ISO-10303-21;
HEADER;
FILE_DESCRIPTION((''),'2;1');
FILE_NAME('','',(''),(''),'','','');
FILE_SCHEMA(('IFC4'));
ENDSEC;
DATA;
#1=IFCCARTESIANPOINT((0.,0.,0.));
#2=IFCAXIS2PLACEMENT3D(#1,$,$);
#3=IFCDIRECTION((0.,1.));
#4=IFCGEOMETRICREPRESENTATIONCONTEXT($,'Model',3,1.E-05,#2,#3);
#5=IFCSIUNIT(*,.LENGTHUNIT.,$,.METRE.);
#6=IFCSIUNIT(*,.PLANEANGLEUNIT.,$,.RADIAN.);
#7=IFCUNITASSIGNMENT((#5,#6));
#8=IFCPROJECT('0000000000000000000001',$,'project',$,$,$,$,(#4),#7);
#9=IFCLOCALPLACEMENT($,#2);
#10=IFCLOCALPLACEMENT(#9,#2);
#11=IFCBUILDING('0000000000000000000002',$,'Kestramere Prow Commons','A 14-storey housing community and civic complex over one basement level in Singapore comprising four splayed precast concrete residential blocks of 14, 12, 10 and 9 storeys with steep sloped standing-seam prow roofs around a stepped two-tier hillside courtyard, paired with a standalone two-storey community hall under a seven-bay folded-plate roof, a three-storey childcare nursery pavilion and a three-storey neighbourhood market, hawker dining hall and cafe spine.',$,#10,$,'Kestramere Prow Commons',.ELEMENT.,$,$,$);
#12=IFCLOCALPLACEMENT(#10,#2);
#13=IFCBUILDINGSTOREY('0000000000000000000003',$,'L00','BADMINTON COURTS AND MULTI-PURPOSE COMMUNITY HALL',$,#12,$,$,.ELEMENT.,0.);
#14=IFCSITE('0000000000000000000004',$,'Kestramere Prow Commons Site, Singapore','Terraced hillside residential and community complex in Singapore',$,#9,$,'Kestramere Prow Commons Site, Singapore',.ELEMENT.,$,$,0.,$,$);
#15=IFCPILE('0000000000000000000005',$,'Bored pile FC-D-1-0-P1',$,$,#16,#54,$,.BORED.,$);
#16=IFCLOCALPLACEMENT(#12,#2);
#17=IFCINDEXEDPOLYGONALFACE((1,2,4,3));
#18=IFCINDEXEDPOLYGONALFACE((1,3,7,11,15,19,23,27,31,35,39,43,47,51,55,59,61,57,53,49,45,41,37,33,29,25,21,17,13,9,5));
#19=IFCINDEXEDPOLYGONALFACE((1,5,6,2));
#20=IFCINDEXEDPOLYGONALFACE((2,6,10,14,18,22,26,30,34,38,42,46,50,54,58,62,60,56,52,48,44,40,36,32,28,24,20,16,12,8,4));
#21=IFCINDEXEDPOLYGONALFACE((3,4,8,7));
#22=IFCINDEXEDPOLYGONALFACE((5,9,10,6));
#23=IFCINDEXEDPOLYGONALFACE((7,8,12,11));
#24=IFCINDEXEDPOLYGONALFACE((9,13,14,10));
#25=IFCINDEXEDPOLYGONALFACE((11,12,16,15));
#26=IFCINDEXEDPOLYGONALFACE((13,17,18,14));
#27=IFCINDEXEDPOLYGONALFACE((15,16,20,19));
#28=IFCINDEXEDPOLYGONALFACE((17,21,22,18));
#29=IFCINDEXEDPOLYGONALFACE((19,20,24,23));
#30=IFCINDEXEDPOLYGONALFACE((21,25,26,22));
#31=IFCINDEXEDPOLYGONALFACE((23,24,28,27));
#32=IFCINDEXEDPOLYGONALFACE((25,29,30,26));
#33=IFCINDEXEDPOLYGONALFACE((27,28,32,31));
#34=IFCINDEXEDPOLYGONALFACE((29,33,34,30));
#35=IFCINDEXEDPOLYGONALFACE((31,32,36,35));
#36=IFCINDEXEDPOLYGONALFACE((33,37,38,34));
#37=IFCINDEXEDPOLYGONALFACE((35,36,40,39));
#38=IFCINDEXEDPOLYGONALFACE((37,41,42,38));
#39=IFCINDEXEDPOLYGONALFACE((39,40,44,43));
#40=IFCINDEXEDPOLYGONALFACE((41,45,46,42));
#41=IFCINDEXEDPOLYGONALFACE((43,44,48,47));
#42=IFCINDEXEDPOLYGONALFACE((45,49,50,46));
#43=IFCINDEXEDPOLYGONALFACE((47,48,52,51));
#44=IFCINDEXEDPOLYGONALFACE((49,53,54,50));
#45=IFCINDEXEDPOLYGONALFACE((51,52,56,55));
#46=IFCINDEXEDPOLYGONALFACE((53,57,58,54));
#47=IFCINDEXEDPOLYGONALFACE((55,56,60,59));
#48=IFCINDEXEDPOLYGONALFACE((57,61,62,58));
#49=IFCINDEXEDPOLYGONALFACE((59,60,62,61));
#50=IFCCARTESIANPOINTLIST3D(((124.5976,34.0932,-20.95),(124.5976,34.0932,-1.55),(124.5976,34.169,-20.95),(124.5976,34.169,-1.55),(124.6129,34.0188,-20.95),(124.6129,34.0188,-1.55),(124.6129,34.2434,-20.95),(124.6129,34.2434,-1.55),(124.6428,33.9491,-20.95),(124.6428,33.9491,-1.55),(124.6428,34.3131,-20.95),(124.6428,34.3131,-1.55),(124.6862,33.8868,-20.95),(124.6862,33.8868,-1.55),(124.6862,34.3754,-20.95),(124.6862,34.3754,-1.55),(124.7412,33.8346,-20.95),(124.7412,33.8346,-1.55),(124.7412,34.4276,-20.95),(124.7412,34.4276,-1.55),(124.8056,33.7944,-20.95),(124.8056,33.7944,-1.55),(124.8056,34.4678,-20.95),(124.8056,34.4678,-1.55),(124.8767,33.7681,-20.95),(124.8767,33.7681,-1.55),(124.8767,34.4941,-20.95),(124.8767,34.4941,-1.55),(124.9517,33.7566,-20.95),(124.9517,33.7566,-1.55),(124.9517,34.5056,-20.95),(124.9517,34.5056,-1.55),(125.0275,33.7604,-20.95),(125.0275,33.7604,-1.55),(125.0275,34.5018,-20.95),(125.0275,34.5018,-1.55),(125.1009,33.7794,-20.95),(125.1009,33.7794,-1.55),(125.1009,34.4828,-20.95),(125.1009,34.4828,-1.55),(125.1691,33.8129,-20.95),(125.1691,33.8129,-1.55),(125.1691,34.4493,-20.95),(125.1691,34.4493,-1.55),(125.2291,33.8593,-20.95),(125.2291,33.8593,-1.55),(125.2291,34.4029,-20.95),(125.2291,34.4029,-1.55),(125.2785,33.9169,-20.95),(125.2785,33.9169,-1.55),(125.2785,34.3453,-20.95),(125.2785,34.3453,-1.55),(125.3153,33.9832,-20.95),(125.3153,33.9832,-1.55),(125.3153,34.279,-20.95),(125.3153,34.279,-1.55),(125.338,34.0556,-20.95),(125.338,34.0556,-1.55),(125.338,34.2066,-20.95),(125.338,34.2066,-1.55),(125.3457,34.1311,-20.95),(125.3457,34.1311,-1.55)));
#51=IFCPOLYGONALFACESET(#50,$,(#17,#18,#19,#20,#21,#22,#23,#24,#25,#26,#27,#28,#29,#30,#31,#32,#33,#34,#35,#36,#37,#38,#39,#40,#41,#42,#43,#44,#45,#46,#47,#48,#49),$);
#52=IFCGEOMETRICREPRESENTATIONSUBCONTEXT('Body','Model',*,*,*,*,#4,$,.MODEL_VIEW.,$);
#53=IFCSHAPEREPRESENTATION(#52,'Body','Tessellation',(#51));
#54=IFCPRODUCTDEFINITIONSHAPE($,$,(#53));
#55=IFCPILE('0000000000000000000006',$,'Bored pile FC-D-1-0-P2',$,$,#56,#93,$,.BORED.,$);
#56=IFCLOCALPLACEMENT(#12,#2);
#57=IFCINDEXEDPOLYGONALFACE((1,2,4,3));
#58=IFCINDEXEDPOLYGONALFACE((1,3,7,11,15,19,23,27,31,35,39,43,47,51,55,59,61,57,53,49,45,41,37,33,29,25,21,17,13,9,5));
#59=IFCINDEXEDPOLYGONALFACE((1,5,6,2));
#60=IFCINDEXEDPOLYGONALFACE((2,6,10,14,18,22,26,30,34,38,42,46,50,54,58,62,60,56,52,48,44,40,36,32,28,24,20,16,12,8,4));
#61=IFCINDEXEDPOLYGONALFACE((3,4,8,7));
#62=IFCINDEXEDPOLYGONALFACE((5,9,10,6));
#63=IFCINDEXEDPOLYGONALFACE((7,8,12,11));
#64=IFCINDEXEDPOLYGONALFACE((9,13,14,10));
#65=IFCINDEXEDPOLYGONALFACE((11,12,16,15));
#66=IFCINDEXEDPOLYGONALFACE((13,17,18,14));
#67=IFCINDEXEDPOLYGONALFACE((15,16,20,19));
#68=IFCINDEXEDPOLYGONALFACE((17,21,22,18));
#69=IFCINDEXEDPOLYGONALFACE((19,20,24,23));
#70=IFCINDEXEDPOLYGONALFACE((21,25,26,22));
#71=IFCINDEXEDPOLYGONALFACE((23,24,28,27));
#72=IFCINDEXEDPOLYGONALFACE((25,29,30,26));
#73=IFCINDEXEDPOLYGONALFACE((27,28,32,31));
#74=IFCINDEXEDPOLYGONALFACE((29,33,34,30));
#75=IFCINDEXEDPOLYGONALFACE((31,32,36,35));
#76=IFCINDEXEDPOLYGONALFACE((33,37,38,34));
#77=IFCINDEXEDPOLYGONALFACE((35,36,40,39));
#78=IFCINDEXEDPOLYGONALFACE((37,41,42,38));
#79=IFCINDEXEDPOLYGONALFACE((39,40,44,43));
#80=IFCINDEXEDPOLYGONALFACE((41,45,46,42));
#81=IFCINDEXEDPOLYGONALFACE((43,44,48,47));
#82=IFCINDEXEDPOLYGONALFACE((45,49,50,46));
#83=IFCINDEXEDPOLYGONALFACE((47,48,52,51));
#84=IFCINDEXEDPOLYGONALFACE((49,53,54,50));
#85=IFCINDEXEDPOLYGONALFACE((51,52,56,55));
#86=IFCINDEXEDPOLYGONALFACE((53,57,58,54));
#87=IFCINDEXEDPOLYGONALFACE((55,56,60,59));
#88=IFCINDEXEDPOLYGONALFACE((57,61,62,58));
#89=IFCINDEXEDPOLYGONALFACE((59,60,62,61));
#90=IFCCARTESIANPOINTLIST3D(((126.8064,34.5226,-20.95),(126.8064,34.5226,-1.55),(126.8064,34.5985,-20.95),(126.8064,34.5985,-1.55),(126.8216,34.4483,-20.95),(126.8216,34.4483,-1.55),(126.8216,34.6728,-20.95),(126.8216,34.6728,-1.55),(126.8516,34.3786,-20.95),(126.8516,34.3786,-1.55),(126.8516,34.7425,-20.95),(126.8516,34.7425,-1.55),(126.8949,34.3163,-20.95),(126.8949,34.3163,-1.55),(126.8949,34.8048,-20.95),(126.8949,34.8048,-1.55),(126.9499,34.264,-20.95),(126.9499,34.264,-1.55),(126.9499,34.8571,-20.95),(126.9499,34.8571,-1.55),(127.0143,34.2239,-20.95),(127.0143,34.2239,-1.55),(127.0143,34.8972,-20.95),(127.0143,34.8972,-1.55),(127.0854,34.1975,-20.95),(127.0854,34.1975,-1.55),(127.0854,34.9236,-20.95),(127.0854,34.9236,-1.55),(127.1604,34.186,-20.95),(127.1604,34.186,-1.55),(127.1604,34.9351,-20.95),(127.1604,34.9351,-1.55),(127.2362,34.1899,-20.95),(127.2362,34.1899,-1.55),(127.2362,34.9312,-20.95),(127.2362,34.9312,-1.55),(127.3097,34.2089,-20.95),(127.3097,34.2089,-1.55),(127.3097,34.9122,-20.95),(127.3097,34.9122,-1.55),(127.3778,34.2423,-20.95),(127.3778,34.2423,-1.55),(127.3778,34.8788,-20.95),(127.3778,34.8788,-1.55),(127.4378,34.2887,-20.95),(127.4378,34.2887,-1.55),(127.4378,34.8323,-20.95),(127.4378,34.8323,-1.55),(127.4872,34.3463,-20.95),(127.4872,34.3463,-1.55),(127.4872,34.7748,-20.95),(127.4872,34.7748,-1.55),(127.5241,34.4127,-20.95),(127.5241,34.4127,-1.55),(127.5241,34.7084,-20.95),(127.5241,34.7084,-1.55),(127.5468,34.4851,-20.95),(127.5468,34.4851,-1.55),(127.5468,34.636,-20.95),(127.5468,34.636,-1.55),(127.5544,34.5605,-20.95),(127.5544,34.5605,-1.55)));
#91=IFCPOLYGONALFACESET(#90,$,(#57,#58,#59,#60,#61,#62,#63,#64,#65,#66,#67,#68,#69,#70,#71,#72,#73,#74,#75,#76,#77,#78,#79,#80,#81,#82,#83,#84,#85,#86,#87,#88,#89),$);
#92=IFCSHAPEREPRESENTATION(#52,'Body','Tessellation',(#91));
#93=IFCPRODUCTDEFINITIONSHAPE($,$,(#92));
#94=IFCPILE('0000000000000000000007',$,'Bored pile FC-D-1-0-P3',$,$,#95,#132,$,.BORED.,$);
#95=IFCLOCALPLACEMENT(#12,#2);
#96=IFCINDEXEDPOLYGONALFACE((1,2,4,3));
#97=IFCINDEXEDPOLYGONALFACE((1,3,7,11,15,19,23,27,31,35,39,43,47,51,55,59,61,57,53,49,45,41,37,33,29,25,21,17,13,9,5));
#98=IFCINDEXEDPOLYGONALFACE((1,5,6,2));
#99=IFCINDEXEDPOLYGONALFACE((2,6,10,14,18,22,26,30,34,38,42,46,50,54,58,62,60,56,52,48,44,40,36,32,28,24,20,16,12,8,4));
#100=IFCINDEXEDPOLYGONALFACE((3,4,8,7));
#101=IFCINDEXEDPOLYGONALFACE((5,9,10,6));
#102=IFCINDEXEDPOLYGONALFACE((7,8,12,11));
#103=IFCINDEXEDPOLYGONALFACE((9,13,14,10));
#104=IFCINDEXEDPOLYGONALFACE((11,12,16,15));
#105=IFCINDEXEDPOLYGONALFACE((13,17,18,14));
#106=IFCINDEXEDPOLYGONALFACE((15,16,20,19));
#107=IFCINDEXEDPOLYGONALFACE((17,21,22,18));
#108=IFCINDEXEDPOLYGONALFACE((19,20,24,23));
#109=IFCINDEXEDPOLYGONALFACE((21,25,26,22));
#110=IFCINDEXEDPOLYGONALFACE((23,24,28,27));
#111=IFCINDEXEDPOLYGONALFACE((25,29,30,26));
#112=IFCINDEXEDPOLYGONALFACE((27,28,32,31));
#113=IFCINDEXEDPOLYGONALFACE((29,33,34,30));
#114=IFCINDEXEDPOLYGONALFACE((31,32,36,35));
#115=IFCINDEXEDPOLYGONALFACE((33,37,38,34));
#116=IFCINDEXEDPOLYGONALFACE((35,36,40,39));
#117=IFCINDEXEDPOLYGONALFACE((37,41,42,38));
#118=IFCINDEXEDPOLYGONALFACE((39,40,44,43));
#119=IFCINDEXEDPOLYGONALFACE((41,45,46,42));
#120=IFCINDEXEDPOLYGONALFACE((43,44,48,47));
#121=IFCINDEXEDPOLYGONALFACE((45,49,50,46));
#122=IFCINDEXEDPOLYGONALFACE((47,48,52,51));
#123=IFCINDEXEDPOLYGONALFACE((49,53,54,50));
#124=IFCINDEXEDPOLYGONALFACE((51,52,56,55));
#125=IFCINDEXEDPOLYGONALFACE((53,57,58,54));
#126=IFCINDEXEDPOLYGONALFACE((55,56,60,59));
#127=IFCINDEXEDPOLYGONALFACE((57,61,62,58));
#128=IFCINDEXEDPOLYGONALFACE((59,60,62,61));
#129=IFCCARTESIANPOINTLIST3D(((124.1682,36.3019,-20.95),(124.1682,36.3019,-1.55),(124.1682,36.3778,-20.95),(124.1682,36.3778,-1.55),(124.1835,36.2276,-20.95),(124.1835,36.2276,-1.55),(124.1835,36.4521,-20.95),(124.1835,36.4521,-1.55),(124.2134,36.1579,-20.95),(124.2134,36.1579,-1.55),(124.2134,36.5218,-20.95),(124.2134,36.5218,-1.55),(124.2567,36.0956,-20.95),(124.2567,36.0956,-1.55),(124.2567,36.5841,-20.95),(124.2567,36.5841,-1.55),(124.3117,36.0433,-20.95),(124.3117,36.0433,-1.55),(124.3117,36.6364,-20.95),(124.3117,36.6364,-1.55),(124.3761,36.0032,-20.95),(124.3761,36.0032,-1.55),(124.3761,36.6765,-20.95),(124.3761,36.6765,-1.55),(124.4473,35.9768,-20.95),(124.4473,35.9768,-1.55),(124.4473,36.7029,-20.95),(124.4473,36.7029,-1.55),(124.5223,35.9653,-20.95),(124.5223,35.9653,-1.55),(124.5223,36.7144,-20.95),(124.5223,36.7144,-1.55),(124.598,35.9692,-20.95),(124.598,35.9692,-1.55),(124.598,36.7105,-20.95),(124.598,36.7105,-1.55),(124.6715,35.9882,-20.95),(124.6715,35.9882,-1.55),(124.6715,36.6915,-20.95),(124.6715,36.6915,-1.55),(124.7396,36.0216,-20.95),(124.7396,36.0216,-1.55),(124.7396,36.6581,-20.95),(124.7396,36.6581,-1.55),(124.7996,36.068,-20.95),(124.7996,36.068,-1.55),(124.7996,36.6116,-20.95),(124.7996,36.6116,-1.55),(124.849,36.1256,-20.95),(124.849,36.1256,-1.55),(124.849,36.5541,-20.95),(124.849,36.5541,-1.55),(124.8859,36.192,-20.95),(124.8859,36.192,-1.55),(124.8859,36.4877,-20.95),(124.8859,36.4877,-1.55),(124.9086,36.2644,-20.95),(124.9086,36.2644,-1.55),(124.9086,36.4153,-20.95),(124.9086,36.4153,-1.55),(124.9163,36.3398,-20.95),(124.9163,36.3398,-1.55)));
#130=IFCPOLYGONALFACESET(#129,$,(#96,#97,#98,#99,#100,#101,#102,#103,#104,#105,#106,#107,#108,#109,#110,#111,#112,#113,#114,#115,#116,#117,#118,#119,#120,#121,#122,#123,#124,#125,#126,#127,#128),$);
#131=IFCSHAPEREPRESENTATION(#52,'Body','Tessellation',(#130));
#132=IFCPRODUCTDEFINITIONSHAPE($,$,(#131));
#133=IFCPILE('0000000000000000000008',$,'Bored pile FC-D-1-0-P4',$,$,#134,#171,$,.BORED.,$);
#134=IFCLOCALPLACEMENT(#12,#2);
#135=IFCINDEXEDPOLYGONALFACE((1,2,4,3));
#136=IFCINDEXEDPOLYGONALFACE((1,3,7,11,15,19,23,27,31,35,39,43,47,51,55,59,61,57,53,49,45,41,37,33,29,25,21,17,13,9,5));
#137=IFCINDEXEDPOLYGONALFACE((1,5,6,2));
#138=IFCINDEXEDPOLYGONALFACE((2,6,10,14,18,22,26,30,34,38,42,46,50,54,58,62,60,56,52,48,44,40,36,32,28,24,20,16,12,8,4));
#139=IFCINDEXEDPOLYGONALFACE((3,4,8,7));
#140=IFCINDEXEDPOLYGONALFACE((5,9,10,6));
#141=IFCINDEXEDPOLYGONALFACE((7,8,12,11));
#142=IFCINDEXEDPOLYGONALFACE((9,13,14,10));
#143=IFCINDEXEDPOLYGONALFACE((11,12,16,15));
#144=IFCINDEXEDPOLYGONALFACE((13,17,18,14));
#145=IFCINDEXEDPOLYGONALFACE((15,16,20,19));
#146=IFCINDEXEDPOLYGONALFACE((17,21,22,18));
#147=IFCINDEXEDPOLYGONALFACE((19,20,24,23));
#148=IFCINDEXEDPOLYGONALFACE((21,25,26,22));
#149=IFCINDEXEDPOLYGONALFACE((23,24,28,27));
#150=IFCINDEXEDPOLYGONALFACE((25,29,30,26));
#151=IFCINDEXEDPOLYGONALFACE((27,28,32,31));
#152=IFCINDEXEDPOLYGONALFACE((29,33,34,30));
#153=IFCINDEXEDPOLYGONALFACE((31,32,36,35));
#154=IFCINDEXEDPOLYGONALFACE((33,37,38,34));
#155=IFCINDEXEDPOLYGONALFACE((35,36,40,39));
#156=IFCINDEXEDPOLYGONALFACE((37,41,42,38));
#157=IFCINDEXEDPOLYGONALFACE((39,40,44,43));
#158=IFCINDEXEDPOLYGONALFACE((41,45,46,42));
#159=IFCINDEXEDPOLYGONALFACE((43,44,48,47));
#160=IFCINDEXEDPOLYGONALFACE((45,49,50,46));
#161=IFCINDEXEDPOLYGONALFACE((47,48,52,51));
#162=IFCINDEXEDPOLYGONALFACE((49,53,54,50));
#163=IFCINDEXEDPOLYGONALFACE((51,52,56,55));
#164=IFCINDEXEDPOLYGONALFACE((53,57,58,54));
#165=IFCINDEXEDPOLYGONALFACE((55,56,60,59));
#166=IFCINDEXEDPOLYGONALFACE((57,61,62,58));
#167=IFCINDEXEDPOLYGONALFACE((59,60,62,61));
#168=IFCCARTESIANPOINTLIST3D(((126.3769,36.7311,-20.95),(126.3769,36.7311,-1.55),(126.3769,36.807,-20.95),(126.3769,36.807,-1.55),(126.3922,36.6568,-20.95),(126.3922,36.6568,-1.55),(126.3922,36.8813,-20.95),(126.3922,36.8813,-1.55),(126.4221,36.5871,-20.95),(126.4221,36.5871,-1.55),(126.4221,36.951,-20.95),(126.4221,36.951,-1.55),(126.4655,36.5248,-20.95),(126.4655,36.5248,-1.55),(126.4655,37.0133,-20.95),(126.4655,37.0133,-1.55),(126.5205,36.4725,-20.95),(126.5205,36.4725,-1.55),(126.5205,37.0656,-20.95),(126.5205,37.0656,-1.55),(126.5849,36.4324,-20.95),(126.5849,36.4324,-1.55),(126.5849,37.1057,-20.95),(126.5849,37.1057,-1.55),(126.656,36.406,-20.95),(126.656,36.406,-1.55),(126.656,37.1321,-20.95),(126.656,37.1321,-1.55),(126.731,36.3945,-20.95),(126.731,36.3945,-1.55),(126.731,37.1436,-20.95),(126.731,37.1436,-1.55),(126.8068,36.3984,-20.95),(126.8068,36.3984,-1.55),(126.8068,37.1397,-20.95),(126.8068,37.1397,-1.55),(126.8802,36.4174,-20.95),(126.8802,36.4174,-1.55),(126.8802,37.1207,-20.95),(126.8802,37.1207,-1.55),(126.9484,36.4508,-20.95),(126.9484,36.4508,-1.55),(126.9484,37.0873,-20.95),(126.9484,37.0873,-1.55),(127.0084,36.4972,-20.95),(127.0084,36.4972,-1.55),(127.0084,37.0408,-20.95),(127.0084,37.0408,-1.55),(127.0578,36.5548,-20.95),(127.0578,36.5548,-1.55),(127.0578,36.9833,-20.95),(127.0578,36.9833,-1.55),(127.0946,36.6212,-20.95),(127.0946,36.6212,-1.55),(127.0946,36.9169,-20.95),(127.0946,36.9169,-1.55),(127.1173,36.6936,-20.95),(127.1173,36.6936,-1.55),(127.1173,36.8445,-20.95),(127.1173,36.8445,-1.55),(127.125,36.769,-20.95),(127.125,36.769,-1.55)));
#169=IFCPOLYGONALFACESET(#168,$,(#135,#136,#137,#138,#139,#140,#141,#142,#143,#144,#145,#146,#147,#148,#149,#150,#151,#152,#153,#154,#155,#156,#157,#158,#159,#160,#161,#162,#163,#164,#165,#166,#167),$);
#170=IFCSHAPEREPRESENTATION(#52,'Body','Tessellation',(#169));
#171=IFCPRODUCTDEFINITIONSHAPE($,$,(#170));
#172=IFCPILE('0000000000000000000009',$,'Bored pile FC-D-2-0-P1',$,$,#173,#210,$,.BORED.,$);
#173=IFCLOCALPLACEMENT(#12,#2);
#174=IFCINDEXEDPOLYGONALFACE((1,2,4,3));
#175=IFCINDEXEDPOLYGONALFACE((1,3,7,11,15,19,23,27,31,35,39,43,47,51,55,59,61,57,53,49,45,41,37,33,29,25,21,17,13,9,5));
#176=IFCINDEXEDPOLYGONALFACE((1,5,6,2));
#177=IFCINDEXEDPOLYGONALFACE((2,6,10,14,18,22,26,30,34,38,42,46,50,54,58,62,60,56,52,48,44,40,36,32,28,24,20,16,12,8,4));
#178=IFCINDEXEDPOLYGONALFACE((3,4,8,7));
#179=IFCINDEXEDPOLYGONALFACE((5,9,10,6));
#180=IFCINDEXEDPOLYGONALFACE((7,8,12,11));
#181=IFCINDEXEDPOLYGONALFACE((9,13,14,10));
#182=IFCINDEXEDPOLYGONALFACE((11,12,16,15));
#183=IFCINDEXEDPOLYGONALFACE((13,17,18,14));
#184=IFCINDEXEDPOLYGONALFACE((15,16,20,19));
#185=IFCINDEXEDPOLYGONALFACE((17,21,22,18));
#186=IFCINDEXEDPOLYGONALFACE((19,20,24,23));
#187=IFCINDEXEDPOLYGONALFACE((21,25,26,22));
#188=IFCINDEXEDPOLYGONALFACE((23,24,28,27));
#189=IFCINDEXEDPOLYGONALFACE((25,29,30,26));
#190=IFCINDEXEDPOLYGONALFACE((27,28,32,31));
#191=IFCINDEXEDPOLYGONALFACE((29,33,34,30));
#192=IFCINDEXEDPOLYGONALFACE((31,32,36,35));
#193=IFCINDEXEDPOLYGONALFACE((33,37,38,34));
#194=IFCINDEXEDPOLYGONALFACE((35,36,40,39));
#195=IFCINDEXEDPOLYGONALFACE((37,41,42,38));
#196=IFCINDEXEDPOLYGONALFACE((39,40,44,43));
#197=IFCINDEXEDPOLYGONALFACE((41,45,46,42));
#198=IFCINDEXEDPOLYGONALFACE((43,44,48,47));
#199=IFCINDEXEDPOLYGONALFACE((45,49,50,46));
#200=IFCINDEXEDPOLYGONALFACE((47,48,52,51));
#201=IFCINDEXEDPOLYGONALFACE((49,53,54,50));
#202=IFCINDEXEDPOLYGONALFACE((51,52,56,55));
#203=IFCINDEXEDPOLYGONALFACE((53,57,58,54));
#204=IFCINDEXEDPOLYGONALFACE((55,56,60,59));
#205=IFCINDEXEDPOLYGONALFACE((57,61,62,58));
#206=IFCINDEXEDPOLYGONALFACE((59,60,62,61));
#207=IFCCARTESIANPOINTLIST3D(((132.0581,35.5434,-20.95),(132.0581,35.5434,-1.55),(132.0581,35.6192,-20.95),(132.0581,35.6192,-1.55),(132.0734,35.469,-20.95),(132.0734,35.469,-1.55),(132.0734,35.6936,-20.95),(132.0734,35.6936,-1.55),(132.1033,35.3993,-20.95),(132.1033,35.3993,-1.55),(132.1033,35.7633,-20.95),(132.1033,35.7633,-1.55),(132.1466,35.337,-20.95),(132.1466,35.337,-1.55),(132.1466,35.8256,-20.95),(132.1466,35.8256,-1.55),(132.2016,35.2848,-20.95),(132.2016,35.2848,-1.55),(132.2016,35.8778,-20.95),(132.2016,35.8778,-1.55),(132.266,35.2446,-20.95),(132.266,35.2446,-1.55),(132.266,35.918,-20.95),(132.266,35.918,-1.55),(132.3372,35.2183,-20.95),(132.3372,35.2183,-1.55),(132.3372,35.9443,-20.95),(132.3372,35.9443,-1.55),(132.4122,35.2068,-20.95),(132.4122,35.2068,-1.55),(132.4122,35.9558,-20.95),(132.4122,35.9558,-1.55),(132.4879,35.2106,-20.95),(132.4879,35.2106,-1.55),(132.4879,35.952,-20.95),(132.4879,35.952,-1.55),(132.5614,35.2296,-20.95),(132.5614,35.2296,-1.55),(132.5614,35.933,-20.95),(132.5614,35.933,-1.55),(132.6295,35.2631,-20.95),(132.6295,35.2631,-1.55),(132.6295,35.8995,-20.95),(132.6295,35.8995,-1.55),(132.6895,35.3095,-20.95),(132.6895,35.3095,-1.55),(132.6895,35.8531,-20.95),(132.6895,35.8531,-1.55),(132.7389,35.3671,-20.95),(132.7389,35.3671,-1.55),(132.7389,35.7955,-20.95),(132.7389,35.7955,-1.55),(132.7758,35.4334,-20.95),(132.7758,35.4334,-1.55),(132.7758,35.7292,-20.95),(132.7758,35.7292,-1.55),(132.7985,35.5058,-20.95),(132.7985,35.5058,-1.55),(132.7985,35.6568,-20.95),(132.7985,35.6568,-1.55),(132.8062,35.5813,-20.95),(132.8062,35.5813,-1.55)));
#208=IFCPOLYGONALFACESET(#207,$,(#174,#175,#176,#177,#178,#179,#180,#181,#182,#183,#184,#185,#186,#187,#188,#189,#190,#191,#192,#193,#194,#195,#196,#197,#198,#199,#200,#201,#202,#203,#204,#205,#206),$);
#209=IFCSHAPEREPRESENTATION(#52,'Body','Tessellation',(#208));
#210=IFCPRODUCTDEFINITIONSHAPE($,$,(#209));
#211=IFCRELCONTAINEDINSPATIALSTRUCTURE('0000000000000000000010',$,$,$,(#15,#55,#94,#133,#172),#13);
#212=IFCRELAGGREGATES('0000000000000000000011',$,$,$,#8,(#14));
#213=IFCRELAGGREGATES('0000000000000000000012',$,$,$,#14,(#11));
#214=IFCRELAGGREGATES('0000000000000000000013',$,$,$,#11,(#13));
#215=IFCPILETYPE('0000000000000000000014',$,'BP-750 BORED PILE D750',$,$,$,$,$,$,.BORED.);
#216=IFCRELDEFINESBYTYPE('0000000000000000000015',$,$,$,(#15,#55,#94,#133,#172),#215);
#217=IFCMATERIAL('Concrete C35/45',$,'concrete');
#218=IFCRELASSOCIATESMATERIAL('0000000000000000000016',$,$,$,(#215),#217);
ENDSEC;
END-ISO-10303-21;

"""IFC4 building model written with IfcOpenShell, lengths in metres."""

from ifc_helpers import new_model, si_unit, direction, frame, origin, origin_2d, place, context, subcontext, project, spatial, circle, extrude, material, material_profile, profile_set, type_object, element, save


model = new_model("IFC4")

# Units and contexts
model_context = context("Model", 3, precision=1e-05, world=origin(), true_north=direction((0.0, 1.0)))
body_context = subcontext(model_context, "Body", "Model", "MODEL_VIEW")
ifc_project = project(units=[si_unit("LENGTHUNIT", "METRE"), si_unit("PLANEANGLEUNIT", "RADIAN")], contexts=[model_context])

# Site, building, storey
site_placement = place(None, origin())
site = spatial("IfcSite", under=ifc_project, at=site_placement, Name="Kestramere Prow Commons Site, Singapore", Description="Terraced hillside residential and community complex in Singapore", LongName="Kestramere Prow Commons Site, Singapore", CompositionType="ELEMENT", RefElevation=0.0)
building_placement = place(site_placement, origin())
building = spatial("IfcBuilding", under=site, at=building_placement, Name="Kestramere Prow Commons", Description="A 14-storey housing community and civic complex over one basement level in Singapore comprising four splayed precast concrete residential blocks of 14, 12, 10 and 9 storeys with steep sloped standing-seam prow roofs around a stepped two-tier hillside courtyard, paired with a standalone two-storey community hall under a seven-bay folded-plate roof, a three-storey childcare nursery pavilion and a three-storey neighbourhood market, hawker dining hall and cafe spine.", LongName="Kestramere Prow Commons", CompositionType="ELEMENT")
storey_placement = place(building_placement, origin())
storey = spatial("IfcBuildingStorey", under=building, at=storey_placement, Name="L00", Description="BADMINTON COURTS AND MULTI-PURPOSE COMMUNITY HALL", CompositionType="ELEMENT", Elevation=0.0)

# Piles
ifc_material_1 = material(Name="Concrete C35/45", Category="concrete")
ifc_material_profile_1 = material_profile(ifc_material_1, circle(Radius=0.375, at=origin_2d()), Name="BORED PILE D750")
ifc_profile_set_1 = profile_set([ifc_material_profile_1], Name="Concrete C35/45")
pile_type = type_object("IfcPileType", Name="BP-750 BORED PILE D750", PredefinedType="BORED", material=ifc_profile_set_1)
for number, where, z_axis, x_axis, name in (
    (1, (124.9707, 34.1311, -1.55), (0.0, 0.0, -1.0), (1.0, 0.0, 0.0), "Bored pile FC-D-1-0-P1"),
    (2, (127.1794, 34.5605, -1.55), (0.0, 0.0, -1.0), (1.0, 0.0, 0.0), "Bored pile FC-D-1-0-P2"),
    (3, (124.5413, 36.3398, -1.55), (0.0, 0.0, -1.0), (1.0, 0.0, 0.0), "Bored pile FC-D-1-0-P3"),
    (4, (126.75, 36.769, -1.55), (0.0, 0.0, -1.0), (1.0, 0.0, 0.0), "Bored pile FC-D-1-0-P4"),
    (5, (132.4312, 35.5813, -1.55), (0.0, 0.0, -1.0), (1.0, 0.0, 0.0), "Bored pile FC-D-2-0-P1"),
):
    element("IfcPile", number, at=place(storey_placement, frame(where, z_axis=z_axis, x_axis=x_axis)), inside=storey, type_object=pile_type, Name=name, PredefinedType="BORED", context=body_context, shape_type="SweptSolid", body=[
        extrude(circle(Radius=0.375, at=origin_2d()), origin(), (0.0, 0.0, 1.0), 19.3999),
    ])

save(model, "model.ifc")
